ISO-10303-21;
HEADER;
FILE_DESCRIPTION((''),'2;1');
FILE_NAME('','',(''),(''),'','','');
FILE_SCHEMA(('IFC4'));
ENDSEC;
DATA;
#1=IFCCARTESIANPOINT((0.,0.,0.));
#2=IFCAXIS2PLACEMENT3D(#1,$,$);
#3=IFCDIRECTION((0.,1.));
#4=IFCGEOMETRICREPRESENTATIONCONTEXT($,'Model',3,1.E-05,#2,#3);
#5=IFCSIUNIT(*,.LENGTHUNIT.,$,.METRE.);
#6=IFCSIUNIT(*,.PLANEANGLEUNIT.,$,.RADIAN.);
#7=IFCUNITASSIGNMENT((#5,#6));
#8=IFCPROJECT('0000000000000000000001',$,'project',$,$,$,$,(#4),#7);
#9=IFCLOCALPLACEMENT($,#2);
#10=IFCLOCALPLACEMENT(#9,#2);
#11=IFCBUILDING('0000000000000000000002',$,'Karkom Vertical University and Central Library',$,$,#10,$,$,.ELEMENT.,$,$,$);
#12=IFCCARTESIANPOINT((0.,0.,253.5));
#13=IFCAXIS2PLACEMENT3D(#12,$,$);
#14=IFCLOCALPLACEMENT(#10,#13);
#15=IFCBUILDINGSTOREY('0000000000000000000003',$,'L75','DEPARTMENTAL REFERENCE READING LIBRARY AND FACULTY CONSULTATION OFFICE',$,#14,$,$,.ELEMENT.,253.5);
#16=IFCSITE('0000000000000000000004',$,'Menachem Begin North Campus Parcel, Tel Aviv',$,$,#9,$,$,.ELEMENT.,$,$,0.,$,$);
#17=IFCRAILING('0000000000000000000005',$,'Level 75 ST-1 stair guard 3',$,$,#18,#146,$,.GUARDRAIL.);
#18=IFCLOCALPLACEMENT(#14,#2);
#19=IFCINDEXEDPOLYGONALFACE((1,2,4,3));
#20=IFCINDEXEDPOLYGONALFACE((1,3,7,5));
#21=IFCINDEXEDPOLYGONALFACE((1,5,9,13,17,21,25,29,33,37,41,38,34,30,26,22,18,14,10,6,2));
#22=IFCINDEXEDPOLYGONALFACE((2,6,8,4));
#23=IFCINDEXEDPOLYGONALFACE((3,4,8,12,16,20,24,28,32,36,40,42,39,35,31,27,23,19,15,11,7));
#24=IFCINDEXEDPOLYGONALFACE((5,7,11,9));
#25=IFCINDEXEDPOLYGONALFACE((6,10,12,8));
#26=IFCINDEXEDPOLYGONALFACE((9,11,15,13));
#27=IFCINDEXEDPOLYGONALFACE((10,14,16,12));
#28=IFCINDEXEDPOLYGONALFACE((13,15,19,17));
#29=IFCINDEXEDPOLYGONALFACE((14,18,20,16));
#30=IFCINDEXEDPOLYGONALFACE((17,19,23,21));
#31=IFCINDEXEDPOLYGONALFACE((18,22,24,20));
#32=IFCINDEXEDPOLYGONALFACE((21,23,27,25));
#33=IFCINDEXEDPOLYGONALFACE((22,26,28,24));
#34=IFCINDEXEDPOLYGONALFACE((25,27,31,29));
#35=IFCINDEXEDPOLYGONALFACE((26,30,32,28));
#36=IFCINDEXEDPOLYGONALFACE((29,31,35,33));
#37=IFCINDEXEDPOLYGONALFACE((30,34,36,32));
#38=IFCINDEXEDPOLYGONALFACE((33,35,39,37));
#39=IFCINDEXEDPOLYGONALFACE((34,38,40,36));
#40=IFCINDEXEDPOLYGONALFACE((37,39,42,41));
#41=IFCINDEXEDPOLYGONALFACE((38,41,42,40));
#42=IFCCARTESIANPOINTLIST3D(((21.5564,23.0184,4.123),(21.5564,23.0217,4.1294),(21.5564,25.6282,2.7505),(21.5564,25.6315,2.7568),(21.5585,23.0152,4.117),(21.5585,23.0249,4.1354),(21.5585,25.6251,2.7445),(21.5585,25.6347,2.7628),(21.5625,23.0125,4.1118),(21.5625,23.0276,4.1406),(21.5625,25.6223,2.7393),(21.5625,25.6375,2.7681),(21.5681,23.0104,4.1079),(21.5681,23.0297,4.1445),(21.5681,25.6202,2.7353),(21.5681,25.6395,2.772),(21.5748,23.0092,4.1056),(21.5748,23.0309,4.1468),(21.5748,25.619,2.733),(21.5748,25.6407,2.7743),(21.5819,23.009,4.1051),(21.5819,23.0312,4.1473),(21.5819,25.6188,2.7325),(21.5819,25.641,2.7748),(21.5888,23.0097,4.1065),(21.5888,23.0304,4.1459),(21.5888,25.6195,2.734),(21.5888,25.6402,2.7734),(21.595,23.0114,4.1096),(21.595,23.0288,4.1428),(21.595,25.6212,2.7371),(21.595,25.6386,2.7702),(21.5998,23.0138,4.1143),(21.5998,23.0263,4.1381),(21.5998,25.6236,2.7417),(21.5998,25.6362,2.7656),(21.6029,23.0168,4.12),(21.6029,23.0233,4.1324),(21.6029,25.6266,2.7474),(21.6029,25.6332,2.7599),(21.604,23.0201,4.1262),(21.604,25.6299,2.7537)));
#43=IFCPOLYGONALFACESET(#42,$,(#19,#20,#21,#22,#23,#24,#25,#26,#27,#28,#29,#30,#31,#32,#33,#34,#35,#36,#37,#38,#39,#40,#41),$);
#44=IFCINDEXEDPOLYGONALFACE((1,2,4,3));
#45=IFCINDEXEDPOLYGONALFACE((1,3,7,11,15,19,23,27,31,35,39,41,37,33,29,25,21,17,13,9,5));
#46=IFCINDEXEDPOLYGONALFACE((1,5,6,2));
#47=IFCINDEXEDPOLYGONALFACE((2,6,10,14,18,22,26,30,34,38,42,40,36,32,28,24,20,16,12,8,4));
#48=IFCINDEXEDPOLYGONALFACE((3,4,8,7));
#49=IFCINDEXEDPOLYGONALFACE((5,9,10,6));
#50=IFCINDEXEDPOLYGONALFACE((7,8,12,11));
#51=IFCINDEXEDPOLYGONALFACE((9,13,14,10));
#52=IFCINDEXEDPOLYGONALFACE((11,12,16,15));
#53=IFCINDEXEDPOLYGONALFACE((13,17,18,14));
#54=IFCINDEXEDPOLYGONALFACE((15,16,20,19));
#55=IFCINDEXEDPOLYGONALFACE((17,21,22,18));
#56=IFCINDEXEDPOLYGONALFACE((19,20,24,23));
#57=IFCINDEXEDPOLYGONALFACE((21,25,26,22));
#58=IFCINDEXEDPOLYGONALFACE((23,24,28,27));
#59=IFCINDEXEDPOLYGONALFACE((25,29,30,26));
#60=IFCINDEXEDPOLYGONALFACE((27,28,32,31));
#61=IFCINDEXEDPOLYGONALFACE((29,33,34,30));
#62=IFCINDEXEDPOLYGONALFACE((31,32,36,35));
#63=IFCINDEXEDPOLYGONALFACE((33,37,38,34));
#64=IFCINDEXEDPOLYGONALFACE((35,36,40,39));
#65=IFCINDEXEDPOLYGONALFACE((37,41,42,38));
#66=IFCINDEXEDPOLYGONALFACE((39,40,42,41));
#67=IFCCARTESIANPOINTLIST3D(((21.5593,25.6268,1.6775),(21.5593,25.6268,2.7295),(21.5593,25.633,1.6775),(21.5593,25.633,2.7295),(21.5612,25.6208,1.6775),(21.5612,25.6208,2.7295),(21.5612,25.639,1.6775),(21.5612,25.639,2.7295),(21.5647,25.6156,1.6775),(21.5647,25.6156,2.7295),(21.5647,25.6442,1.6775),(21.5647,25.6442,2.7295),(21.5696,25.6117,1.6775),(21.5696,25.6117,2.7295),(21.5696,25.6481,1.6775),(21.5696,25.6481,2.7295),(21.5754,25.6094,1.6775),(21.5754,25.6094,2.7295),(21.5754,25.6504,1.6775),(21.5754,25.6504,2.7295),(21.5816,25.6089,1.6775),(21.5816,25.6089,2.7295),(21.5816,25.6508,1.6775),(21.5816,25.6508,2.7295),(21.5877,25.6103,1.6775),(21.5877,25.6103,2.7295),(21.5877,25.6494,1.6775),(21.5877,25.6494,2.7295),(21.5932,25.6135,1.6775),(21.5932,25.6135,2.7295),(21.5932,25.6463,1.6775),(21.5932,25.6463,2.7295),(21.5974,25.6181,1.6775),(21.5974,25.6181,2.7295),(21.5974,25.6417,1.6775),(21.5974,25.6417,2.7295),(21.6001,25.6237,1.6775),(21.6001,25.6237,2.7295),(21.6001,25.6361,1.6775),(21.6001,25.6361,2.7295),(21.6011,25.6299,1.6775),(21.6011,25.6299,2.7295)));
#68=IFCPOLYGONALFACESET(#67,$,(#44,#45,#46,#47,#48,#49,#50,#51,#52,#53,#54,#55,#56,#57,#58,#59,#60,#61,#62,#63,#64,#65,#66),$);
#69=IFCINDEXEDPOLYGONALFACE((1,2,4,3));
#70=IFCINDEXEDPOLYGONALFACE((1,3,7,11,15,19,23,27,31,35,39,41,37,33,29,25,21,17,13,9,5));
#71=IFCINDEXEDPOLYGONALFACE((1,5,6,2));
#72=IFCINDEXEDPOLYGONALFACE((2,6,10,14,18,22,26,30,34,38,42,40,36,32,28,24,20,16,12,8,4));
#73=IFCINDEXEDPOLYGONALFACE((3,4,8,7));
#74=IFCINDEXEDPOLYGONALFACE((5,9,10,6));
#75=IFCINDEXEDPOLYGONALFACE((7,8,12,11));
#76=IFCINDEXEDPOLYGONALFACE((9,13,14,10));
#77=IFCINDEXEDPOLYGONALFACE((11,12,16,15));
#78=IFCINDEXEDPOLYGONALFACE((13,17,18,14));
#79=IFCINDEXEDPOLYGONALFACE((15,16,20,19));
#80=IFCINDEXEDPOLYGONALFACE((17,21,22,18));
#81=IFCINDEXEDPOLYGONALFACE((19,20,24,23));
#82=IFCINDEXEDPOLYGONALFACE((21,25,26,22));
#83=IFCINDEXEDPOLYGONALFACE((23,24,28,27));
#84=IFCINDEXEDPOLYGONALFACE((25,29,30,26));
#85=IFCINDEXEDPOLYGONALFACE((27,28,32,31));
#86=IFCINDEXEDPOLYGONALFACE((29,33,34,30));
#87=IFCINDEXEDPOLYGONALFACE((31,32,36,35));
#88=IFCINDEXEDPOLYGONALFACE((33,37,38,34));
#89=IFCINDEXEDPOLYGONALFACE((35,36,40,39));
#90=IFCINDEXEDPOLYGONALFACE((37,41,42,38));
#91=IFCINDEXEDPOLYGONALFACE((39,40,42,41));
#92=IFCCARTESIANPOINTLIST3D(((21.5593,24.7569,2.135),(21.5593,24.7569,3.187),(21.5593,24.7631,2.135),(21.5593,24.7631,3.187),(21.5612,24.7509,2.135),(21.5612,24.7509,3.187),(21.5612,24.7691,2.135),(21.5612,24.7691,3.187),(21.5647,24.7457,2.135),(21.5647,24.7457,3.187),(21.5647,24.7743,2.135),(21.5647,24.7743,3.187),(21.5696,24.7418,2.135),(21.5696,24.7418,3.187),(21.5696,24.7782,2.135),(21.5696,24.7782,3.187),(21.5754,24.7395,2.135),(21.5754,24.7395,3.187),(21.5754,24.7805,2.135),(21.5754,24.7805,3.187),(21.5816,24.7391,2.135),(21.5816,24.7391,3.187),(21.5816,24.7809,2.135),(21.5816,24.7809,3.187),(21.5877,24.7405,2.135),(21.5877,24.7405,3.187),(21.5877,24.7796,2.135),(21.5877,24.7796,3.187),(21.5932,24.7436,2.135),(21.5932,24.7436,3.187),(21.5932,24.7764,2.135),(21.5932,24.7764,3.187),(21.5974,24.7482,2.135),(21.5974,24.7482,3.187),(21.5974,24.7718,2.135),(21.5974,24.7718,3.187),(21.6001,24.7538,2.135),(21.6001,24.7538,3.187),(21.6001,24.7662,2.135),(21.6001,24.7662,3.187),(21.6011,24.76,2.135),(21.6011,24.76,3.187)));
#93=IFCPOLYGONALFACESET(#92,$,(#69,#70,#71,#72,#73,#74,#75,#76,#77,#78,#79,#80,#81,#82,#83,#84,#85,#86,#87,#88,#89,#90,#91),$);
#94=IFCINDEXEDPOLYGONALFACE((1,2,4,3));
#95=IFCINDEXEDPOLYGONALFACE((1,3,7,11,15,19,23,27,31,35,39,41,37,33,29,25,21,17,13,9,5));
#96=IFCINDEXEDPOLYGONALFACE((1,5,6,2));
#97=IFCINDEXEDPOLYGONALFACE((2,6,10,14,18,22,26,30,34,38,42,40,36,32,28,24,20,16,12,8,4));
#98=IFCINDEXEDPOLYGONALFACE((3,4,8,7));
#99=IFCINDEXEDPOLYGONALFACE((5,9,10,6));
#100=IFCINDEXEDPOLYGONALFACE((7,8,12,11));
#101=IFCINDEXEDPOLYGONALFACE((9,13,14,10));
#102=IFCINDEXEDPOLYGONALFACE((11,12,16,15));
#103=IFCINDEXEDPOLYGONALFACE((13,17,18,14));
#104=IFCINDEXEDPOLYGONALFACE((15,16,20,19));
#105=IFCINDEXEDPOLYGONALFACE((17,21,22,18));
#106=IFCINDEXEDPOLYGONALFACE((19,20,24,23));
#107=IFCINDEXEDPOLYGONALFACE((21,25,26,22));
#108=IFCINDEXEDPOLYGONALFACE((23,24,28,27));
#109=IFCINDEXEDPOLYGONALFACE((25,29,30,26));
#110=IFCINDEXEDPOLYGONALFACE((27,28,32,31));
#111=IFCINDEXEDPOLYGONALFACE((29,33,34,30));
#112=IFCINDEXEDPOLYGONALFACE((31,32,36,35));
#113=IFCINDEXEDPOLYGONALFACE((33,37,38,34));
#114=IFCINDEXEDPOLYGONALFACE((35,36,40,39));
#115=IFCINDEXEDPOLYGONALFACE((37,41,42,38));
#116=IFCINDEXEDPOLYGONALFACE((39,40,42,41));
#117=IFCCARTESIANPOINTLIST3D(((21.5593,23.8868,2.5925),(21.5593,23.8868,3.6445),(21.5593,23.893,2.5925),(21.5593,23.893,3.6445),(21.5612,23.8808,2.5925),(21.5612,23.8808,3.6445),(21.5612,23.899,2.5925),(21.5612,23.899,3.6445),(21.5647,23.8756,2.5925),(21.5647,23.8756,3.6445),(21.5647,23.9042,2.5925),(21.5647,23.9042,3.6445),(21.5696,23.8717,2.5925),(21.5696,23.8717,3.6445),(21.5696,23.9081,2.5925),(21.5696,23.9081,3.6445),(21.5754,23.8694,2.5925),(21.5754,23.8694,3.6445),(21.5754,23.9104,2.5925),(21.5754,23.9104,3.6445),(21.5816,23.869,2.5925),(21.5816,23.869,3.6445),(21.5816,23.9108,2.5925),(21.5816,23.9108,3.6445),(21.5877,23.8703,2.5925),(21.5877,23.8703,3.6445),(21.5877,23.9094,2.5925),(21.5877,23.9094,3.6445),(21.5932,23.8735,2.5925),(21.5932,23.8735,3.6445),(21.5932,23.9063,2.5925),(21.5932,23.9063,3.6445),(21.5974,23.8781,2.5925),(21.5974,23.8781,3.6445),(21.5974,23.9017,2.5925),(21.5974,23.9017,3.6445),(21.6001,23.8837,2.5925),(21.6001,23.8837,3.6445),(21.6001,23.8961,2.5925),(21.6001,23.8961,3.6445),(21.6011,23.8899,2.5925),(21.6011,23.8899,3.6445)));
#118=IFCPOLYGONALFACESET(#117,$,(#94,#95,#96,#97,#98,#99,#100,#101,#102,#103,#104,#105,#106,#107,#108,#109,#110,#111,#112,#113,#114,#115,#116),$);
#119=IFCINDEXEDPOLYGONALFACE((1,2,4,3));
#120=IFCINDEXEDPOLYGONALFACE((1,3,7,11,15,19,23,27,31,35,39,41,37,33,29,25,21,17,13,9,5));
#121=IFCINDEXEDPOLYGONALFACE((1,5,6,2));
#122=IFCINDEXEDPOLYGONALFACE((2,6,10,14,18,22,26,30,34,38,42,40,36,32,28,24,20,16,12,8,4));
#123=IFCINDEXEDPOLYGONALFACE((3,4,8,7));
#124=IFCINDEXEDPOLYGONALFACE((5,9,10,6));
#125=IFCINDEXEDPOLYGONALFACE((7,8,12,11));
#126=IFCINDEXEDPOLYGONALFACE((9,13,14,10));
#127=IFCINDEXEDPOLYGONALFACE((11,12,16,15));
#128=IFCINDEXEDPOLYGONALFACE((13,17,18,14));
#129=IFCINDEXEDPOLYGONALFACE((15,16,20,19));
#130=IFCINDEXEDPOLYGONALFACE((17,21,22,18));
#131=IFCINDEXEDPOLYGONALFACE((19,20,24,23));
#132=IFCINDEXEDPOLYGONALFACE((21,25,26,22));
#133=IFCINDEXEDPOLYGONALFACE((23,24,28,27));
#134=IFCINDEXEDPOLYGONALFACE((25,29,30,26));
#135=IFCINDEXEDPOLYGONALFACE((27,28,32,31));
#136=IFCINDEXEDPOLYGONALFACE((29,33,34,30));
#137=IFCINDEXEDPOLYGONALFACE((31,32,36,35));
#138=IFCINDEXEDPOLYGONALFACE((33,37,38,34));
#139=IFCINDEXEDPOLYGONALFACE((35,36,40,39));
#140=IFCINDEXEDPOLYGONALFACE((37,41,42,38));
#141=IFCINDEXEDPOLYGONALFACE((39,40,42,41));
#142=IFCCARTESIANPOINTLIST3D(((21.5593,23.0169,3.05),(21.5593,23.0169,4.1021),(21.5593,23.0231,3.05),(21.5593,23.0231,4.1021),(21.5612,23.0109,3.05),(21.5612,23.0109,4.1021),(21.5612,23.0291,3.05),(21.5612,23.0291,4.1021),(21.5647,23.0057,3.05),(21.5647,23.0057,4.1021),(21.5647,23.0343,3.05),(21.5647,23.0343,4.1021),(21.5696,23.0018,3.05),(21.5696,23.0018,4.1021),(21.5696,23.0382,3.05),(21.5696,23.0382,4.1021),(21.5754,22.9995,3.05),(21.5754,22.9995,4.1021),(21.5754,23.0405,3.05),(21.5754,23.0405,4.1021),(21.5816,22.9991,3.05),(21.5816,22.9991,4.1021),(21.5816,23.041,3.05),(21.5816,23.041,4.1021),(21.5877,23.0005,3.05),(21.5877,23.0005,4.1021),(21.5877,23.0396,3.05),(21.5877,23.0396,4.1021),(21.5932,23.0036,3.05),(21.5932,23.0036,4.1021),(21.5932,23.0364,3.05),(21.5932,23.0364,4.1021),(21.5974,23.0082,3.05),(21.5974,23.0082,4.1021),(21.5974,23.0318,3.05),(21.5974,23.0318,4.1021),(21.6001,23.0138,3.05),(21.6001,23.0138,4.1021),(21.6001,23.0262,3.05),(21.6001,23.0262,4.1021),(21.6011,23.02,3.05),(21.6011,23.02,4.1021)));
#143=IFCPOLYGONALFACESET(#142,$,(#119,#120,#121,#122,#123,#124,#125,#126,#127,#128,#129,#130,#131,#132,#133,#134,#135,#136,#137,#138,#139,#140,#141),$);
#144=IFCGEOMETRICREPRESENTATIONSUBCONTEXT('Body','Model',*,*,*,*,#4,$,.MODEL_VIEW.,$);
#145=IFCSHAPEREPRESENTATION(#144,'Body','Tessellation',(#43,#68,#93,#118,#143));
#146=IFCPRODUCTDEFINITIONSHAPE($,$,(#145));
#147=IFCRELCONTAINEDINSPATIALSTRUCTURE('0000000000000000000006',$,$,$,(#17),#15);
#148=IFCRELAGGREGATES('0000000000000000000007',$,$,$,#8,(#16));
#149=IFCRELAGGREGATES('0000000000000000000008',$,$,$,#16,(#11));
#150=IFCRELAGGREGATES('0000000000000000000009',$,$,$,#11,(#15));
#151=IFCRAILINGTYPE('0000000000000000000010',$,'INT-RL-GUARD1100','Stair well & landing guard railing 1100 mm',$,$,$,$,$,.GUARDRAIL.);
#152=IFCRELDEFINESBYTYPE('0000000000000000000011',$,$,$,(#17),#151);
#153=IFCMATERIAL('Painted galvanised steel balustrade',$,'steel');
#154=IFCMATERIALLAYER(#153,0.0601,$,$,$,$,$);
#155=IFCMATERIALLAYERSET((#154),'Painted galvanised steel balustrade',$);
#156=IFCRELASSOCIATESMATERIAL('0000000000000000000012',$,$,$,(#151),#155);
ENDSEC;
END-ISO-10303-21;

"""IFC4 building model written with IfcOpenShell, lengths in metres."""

from ifc_helpers import new_model, si_unit, direction, frame, origin, origin_2d, place, context, subcontext, project, spatial, circle, extrude, material, layer, layer_set, type_object, element, save


model = new_model("IFC4")

# Units and contexts
model_context = context("Model", 3, precision=1e-05, world=origin(), true_north=direction((0.0, 1.0)))
body_context = subcontext(model_context, "Body", "Model", "MODEL_VIEW")
ifc_project = project(units=[si_unit("LENGTHUNIT", "METRE"), si_unit("PLANEANGLEUNIT", "RADIAN")], contexts=[model_context])

# Site, building, storey
site_placement = place(None, origin())
site = spatial("IfcSite", under=ifc_project, at=site_placement, Name="Menachem Begin North Campus Parcel, Tel Aviv", CompositionType="ELEMENT", RefElevation=0.0)
building_placement = place(site_placement, origin())
building = spatial("IfcBuilding", under=site, at=building_placement, Name="Karkom Vertical University and Central Library", CompositionType="ELEMENT")
storey_placement = place(building_placement, frame((0.0, 0.0, 253.5)))
storey = spatial("IfcBuildingStorey", under=building, at=storey_placement, Name="L75", Description="DEPARTMENTAL REFERENCE READING LIBRARY AND FACULTY CONSULTATION OFFICE", CompositionType="ELEMENT", Elevation=253.5)

# Railing
ifc_material_1 = material(Name="Painted galvanised steel balustrade", Category="steel")
ifc_layer_1 = layer(ifc_material_1, 0.0601)
ifc_layer_set_1 = layer_set([ifc_layer_1], Name="Painted galvanised steel balustrade")
railing_type_1 = type_object("IfcRailingType", Name="INT-RL-GUARD1100", Description="Stair well & landing guard railing 1100 mm", PredefinedType="GUARDRAIL", material=ifc_layer_set_1)
railing_1_placement = place(storey_placement, frame((21.5801, 25.6299, 1.6775)))
element("IfcRailing", 1, at=railing_1_placement, inside=storey, type_object=railing_type_1, Name="Level 75 ST-1 stair guard 3", PredefinedType="GUARDRAIL", context=body_context, shape_type="SweptSolid", body=[
    extrude(circle(Radius=0.0239, at=origin_2d()), frame((0.0, 0.0, 1.0762), z_axis=(0.0, -0.885065, 0.465467), x_axis=(1.0, 0.0, 0.0)), (0.0, 0.0, 1.0), 2.9487),
    extrude(circle(Radius=0.021, at=origin_2d()), origin(), (0.0, 0.0, 1.0), 1.052),
    extrude(circle(Radius=0.021, at=origin_2d()), frame((0.0, -0.8699, 0.4575)), (0.0, 0.0, 1.0), 1.052),
    extrude(circle(Radius=0.021, at=origin_2d()), frame((0.0, -1.74, 0.915)), (0.0, 0.0, 1.0), 1.052),
    extrude(circle(Radius=0.021, at=origin_2d()), frame((0.0, -2.6099, 1.3726)), (0.0, 0.0, 1.0), 1.052),
])

save(model, "model.ifc")
